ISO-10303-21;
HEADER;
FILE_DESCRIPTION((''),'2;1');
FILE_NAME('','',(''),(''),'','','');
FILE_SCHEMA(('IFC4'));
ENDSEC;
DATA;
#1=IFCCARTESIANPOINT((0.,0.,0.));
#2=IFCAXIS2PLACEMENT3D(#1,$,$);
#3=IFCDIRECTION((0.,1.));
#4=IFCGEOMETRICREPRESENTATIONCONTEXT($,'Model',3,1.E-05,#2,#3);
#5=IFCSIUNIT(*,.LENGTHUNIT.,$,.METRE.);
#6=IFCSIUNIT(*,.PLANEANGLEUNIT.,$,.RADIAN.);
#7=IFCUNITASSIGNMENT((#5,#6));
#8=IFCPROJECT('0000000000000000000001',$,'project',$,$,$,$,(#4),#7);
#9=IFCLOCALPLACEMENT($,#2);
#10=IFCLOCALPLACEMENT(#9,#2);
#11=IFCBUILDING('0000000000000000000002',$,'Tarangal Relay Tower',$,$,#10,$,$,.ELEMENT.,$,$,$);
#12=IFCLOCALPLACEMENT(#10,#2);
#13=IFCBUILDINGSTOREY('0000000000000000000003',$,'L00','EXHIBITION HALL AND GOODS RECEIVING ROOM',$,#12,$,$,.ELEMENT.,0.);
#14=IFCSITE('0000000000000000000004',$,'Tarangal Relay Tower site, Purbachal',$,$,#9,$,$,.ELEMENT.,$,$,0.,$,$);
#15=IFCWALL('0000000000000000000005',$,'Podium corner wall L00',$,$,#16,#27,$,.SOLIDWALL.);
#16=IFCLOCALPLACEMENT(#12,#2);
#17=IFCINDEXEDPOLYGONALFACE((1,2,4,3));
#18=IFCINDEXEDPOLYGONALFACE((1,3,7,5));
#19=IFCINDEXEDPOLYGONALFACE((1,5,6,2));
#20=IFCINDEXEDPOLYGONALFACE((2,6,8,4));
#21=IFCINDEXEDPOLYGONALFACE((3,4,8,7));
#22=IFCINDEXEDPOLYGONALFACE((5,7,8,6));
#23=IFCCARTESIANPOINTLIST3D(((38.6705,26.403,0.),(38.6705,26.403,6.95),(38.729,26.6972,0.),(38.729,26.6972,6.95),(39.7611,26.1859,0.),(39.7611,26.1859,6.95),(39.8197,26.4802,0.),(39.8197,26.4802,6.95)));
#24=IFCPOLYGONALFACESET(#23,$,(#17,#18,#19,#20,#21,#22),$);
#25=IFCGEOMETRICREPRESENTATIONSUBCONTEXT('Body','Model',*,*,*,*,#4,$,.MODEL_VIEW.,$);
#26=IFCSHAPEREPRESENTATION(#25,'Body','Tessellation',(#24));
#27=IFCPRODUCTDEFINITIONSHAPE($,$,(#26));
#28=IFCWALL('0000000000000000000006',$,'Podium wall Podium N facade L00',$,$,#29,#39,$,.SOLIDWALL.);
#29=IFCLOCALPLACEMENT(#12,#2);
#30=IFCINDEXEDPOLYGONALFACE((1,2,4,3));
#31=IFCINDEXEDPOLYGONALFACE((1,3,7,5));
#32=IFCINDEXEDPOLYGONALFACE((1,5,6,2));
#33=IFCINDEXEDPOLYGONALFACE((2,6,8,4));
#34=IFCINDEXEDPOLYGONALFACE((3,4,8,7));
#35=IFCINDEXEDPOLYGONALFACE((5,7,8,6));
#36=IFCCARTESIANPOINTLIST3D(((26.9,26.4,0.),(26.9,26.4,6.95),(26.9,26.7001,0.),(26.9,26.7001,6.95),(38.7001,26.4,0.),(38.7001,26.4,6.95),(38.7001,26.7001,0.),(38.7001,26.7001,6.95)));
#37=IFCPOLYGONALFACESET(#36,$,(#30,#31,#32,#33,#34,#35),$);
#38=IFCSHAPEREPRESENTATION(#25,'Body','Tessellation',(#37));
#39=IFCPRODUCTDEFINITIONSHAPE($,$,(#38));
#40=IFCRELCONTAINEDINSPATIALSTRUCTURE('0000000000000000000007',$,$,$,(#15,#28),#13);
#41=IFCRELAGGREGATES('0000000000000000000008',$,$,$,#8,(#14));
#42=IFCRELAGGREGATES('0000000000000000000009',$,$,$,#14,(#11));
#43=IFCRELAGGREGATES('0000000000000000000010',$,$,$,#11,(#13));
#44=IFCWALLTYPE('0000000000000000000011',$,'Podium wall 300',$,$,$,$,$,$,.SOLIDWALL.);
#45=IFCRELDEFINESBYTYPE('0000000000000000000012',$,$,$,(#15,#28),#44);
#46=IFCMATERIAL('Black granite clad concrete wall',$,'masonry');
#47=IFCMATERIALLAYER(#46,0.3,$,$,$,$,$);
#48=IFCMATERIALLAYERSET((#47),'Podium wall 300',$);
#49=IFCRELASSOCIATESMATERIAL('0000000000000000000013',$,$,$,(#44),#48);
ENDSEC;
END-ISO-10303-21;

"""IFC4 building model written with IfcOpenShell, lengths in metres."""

from ifc_helpers import new_model, si_unit, direction, frame, frame_2d, origin, place, context, subcontext, project, spatial, rectangle, extrude, material, layer, layer_set, type_object, element, save


model = new_model("IFC4")

# Units and contexts
model_context = context("Model", 3, precision=1e-05, world=origin(), true_north=direction((0.0, 1.0)))
body_context = subcontext(model_context, "Body", "Model", "MODEL_VIEW")
ifc_project = project(units=[si_unit("LENGTHUNIT", "METRE"), si_unit("PLANEANGLEUNIT", "RADIAN")], contexts=[model_context])

# Site, building, storey
site_placement = place(None, origin())
site = spatial("IfcSite", under=ifc_project, at=site_placement, Name="Tarangal Relay Tower site, Purbachal", CompositionType="ELEMENT", RefElevation=0.0)
building_placement = place(site_placement, origin())
building = spatial("IfcBuilding", under=site, at=building_placement, Name="Tarangal Relay Tower", CompositionType="ELEMENT")
storey_placement = place(building_placement, origin())
storey = spatial("IfcBuildingStorey", under=building, at=storey_placement, Name="L00", Description="EXHIBITION HALL AND GOODS RECEIVING ROOM", CompositionType="ELEMENT", Elevation=0.0)

# Walls
ifc_material_1 = material(Name="Black granite clad concrete wall", Category="masonry")
ifc_layer_1 = layer(ifc_material_1, 0.3)
ifc_layer_set_1 = layer_set([ifc_layer_1], Name="Podium wall 300")
wall_type = type_object("IfcWallType", Name="Podium wall 300", PredefinedType="SOLIDWALL", material=ifc_layer_set_1)
for number, where, z_axis, x_axis, name in (
    (1, (39.7905, 26.333, 0.0), (0.0, 0.0, 1.0), (-0.980766, 0.195187, 0.0), "Podium corner wall L00"),
):
    element("IfcWall", number, at=place(storey_placement, frame(where, z_axis=z_axis, x_axis=x_axis)), inside=storey, type_object=wall_type, Name=name, PredefinedType="SOLIDWALL", context=body_context, shape_type="SweptSolid", body=[
        extrude(rectangle(XDim=1.1121, YDim=0.3, at=frame_2d((0.5562, 0.0))), origin(), (0.0, 0.0, 1.0), 6.95),
    ])
wall_placement = place(storey_placement, frame((38.7, 26.55, 0.0), z_axis=(0.0, 0.0, 1.0), x_axis=(-1.0, 0.0, 0.0)))
element("IfcWall", 2, at=wall_placement, inside=storey, type_object=wall_type, Name="Podium wall Podium N facade L00", PredefinedType="SOLIDWALL", context=body_context, shape_type="SweptSolid", body=[
    extrude(rectangle(XDim=11.8, YDim=0.3, at=frame_2d((5.8999, 0.0))), origin(), (0.0, 0.0, 1.0), 6.95),
])

save(model, "model.ifc")
